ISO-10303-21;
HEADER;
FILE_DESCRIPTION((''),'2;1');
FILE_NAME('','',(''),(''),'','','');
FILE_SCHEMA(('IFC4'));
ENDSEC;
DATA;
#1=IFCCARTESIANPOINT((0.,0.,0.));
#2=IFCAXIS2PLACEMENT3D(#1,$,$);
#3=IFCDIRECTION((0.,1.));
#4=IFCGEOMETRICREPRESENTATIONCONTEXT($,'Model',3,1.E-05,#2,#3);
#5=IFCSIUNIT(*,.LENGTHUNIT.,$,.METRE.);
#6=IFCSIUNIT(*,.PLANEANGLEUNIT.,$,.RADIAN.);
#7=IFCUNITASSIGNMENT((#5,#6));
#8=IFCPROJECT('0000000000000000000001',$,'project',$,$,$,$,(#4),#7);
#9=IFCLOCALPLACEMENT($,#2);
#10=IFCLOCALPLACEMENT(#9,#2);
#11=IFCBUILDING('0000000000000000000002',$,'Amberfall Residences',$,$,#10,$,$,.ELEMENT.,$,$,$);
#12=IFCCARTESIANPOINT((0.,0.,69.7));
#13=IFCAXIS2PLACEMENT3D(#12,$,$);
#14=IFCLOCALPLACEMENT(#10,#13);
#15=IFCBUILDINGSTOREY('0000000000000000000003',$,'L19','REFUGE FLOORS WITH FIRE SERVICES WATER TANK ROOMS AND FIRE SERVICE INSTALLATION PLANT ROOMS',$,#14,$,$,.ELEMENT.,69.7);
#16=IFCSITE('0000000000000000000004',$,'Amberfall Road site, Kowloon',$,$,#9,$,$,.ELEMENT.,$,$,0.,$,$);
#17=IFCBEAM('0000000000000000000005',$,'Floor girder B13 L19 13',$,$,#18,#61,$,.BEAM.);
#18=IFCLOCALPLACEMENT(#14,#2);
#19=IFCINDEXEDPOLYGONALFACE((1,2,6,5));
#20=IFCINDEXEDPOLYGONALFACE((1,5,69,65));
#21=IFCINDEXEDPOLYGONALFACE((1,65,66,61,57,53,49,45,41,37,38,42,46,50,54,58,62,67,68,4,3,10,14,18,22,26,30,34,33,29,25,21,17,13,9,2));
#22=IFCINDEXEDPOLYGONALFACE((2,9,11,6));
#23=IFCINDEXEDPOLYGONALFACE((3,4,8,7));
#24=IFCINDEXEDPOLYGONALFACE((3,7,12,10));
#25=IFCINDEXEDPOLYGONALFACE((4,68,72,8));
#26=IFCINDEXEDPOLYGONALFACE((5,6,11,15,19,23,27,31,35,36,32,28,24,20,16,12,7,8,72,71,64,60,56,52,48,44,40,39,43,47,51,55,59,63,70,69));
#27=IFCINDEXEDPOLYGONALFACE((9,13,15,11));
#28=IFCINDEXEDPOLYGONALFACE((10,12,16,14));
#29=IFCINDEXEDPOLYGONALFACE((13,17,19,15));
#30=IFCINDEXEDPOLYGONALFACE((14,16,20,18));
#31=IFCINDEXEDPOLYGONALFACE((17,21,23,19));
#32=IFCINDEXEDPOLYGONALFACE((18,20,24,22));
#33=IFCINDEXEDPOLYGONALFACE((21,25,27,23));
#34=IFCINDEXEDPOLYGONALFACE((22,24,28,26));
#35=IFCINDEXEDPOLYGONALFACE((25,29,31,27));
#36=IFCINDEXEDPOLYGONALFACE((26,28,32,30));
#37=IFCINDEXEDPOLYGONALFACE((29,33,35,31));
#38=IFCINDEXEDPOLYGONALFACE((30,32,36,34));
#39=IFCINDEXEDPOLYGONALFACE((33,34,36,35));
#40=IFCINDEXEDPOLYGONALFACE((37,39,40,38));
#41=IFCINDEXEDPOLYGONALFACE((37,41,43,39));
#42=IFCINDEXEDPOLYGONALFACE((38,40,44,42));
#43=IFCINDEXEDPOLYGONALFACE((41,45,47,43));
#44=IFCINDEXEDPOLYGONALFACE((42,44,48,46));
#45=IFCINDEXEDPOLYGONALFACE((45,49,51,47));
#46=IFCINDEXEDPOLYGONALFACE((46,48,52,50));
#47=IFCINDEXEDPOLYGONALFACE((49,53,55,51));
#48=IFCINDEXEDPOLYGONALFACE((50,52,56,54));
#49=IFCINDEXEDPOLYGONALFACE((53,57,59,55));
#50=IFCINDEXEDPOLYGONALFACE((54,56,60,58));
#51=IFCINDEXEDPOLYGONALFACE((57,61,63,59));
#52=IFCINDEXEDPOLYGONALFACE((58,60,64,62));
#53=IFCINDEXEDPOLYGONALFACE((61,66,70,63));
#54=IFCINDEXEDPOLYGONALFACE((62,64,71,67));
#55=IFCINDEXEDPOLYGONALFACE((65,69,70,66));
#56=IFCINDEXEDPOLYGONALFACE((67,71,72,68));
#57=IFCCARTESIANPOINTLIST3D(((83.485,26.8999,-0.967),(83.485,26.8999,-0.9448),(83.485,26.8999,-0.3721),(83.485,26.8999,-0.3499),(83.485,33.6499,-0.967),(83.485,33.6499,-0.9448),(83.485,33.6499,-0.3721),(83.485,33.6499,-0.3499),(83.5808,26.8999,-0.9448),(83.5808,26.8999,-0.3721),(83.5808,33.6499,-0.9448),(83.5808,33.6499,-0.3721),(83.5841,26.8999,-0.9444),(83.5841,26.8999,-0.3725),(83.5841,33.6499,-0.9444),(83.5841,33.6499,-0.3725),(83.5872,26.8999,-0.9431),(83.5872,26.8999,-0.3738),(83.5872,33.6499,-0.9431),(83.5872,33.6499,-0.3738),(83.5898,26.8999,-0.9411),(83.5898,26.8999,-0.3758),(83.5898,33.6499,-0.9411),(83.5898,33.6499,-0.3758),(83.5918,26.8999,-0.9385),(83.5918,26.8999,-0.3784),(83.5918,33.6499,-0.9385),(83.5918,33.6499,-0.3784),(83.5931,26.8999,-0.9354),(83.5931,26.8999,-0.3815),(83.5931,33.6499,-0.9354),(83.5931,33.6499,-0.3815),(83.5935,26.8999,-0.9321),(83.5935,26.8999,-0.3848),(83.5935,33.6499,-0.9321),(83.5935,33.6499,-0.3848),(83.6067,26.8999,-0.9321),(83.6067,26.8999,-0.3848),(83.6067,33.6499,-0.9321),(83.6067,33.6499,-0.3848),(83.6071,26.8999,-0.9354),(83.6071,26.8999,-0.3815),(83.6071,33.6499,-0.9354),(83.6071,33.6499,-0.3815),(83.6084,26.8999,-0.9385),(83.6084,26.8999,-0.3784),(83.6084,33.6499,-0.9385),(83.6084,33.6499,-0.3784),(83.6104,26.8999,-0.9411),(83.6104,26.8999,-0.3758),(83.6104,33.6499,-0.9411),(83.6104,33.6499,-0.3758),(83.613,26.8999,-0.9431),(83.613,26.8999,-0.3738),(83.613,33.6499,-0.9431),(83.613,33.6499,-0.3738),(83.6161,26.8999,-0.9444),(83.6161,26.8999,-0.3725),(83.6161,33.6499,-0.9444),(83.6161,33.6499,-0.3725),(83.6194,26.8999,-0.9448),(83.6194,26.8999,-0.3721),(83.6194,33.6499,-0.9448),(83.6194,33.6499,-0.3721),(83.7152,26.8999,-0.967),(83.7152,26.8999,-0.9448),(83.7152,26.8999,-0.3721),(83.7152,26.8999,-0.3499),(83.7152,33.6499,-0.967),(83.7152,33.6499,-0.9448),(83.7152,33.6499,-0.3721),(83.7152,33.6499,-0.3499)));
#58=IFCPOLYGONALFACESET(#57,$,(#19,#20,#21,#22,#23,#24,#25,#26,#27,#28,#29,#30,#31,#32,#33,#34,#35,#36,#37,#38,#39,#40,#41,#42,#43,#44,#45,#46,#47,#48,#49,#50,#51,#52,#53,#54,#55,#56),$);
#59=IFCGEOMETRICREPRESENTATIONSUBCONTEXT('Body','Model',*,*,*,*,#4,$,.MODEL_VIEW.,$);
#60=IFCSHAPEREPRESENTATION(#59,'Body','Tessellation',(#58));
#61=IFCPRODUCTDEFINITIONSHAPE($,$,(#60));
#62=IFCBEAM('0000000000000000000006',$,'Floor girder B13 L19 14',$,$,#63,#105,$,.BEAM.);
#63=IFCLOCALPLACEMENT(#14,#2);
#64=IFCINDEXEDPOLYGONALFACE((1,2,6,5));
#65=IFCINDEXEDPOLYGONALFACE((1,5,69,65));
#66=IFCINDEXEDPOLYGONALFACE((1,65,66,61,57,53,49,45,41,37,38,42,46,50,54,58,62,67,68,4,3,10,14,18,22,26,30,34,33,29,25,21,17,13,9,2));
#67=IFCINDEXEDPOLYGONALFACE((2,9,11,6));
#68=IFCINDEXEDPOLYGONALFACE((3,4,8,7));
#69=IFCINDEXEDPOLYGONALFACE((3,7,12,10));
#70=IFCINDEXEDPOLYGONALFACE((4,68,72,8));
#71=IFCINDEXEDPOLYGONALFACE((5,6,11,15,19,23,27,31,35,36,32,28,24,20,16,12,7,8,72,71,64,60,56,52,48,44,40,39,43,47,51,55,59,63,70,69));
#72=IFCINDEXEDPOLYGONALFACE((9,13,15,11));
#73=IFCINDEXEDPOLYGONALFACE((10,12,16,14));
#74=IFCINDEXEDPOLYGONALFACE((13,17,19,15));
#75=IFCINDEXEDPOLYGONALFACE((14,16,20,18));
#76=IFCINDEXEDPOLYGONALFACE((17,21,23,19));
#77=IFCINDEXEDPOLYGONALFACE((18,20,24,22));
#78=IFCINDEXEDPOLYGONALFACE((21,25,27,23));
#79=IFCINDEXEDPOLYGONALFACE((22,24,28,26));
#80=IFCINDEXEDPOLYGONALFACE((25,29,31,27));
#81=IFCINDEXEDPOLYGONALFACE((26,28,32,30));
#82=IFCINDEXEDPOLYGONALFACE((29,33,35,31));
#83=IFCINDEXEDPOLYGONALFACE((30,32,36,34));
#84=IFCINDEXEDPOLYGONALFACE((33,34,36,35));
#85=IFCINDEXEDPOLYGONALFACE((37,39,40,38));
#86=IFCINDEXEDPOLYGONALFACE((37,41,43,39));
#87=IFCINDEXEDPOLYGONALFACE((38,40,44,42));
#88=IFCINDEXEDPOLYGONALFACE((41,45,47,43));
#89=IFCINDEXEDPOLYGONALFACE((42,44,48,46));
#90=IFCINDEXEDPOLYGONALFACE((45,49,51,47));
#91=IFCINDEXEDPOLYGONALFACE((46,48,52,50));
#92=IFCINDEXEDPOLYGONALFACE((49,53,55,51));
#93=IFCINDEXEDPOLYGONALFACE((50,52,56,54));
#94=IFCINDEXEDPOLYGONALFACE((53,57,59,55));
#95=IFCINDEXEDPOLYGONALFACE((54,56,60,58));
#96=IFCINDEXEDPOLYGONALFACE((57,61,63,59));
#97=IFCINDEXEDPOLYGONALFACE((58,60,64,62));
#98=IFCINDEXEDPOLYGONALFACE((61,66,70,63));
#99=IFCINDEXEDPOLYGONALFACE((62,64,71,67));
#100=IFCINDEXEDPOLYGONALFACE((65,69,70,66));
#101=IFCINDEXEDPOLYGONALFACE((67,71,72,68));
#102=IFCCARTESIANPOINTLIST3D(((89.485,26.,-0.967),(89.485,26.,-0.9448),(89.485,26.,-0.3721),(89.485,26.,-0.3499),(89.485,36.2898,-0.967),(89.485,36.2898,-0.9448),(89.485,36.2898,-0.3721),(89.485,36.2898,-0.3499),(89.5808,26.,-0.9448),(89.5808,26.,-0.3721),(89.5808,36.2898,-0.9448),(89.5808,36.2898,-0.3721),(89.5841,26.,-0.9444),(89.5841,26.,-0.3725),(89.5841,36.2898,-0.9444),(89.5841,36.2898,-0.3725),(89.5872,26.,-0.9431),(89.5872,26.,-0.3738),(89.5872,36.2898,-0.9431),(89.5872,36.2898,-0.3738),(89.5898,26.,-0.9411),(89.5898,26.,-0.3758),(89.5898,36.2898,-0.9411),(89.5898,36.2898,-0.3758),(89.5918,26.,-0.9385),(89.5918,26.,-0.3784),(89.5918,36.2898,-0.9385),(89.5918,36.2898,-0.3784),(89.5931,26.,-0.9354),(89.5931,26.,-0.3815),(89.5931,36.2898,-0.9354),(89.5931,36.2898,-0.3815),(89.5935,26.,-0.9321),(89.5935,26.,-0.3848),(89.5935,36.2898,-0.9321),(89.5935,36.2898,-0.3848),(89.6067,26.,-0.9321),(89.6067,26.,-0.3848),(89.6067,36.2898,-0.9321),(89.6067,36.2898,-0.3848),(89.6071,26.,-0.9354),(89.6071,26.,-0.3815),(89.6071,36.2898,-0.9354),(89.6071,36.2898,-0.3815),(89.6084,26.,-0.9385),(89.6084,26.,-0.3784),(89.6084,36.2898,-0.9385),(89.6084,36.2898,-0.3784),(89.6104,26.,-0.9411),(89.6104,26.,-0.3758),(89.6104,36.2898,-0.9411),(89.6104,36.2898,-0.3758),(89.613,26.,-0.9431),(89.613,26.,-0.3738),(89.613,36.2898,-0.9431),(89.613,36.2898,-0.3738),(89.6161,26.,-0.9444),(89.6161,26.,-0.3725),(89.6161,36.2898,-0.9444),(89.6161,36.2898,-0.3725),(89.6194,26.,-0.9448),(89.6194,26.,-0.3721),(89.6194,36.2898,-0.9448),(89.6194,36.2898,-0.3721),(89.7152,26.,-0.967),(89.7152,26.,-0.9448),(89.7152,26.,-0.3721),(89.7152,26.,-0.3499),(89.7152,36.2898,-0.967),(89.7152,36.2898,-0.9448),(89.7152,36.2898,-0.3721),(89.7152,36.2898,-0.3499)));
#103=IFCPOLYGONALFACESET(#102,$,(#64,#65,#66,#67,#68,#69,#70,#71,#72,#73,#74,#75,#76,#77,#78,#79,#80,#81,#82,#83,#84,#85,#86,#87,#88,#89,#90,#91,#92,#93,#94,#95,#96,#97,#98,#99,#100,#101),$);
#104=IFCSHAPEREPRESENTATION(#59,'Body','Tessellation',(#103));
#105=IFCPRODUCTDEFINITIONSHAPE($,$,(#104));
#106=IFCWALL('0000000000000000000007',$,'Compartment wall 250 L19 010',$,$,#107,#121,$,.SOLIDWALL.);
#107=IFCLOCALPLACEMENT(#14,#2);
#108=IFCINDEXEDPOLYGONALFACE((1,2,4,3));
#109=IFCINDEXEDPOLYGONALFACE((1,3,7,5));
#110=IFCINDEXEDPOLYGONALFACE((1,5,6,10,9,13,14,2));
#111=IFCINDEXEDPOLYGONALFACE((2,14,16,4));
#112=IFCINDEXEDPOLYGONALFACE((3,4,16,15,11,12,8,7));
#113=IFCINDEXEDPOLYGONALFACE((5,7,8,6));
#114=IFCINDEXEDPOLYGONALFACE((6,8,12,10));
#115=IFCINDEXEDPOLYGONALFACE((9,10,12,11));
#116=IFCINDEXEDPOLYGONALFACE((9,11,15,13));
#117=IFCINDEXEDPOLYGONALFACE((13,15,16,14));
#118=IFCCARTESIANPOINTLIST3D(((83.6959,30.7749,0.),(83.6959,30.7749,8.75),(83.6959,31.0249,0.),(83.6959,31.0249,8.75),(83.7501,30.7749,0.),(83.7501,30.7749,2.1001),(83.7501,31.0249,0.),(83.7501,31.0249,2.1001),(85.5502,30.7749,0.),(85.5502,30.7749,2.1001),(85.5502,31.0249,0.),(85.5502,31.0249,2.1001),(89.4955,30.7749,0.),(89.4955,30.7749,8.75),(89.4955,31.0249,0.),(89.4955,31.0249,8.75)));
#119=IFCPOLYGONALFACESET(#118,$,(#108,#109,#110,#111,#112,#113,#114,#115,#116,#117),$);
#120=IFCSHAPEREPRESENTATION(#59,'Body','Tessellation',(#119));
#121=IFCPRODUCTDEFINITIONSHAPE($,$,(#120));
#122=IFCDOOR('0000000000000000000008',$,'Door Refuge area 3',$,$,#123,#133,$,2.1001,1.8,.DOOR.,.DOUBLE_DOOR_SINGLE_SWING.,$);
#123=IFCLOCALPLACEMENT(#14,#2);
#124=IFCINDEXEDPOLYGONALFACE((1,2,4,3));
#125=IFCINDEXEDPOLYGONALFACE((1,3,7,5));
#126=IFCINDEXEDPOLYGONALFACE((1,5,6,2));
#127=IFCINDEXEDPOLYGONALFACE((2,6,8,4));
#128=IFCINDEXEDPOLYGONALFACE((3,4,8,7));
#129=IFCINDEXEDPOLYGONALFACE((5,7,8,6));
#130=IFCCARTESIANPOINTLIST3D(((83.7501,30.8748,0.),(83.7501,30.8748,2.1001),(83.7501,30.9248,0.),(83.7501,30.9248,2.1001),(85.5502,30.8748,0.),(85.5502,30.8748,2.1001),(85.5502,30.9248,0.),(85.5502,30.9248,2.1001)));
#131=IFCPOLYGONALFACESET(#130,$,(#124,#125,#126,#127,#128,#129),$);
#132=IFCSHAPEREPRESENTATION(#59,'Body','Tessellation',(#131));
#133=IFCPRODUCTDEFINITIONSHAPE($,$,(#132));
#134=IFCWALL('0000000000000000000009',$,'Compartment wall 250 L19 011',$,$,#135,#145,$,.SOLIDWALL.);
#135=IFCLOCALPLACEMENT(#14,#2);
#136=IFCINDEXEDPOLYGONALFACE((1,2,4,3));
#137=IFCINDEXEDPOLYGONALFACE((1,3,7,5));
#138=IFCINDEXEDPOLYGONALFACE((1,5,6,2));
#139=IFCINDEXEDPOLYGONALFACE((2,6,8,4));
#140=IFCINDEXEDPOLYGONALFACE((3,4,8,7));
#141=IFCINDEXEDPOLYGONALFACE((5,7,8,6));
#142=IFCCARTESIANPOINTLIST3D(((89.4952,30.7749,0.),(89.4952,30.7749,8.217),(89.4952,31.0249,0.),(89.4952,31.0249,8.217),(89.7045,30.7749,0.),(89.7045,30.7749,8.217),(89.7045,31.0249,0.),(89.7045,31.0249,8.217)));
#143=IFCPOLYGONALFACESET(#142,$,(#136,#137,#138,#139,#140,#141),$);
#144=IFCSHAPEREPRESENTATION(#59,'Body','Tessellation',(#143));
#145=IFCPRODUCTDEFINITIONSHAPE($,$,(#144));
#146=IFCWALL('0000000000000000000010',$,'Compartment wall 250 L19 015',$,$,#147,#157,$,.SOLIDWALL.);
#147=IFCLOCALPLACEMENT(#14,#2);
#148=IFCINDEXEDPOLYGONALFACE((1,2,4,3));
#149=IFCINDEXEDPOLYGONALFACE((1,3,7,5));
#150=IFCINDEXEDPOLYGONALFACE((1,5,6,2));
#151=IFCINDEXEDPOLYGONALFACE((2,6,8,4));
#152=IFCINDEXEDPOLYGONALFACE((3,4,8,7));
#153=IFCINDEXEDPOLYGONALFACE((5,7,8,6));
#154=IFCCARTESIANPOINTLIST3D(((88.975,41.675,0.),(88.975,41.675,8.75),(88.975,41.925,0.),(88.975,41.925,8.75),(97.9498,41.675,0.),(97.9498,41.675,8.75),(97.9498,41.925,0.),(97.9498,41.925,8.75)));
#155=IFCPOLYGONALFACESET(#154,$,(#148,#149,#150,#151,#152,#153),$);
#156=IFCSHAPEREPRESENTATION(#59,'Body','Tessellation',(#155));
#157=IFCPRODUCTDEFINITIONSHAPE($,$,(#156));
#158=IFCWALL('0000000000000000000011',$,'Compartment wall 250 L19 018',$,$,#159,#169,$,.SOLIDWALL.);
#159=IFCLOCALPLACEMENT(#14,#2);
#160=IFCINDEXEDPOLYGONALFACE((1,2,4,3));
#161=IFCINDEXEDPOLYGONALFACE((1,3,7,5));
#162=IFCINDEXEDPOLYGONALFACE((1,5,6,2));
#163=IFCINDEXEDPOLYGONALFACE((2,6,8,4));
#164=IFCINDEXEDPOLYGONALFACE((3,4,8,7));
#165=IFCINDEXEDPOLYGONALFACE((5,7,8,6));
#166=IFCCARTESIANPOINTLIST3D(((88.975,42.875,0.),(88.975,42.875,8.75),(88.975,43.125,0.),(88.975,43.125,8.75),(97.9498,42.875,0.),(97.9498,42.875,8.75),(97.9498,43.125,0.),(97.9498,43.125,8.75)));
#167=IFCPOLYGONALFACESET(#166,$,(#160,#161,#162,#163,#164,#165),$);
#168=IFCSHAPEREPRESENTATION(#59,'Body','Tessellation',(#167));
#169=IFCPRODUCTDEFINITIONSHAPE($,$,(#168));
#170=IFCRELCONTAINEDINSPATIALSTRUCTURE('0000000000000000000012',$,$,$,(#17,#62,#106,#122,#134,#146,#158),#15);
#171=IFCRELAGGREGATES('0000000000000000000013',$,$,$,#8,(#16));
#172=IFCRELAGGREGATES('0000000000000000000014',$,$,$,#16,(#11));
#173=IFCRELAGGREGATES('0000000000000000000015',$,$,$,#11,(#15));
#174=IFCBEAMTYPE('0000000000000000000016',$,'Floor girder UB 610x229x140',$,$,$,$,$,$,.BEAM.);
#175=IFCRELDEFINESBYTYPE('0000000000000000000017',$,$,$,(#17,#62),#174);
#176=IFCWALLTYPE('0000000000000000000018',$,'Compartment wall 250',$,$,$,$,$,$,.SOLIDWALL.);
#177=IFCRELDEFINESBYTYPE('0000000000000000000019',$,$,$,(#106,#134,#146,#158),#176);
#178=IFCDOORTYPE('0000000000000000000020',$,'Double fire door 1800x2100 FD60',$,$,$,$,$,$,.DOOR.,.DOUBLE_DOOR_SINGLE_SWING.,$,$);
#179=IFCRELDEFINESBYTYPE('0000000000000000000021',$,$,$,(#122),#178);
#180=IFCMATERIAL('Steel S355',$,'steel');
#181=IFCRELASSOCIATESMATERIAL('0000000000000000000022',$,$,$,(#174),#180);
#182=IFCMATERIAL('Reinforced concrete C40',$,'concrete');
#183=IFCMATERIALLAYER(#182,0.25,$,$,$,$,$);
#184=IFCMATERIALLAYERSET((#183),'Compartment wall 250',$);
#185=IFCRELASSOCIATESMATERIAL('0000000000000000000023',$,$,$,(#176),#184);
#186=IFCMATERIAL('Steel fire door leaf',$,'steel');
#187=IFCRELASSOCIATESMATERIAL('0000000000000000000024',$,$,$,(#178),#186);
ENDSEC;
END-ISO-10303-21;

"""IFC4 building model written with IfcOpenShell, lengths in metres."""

from ifc_helpers import new_model, si_unit, direction, frame, frame_2d, origin, origin_2d, place, context, subcontext, project, spatial, rectangle, i_section, extrude, material, layer, layer_set, material_profile, profile_set, type_object, element, fill, save


model = new_model("IFC4")

# Units and contexts
model_context = context("Model", 3, precision=1e-05, world=origin(), true_north=direction((0.0, 1.0)))
body_context = subcontext(model_context, "Body", "Model", "MODEL_VIEW")
ifc_project = project(units=[si_unit("LENGTHUNIT", "METRE"), si_unit("PLANEANGLEUNIT", "RADIAN")], contexts=[model_context])

# Site, building, storey
site_placement = place(None, origin())
site = spatial("IfcSite", under=ifc_project, at=site_placement, Name="Amberfall Road site, Kowloon", CompositionType="ELEMENT", RefElevation=0.0)
building_placement = place(site_placement, origin())
building = spatial("IfcBuilding", under=site, at=building_placement, Name="Amberfall Residences", CompositionType="ELEMENT")
storey_placement = place(building_placement, frame((0.0, 0.0, 69.7)))
storey = spatial("IfcBuildingStorey", under=building, at=storey_placement, Name="L19", Description="REFUGE FLOORS WITH FIRE SERVICES WATER TANK ROOMS AND FIRE SERVICE INSTALLATION PLANT ROOMS", CompositionType="ELEMENT", Elevation=69.7)

# Shared definitions
ifc_material_1 = material(Name="Steel S355", Category="steel")

# Beams
ifc_material_profile_1 = material_profile(ifc_material_1, i_section(OverallWidth=0.2302, OverallDepth=0.6172, WebThickness=0.0132, FlangeThickness=0.0222, FilletRadius=0.0127, at=origin_2d()), Name="UB 610x229x140")
ifc_profile_set_1 = profile_set([ifc_material_profile_1], Name="Steel S355")
beam_type_1 = type_object("IfcBeamType", Name="Floor girder UB 610x229x140", PredefinedType="BEAM", material=ifc_profile_set_1)
beam_1_placement = place(storey_placement, frame((83.6001, 26.8999, -0.6584), z_axis=(0.0, 1.0, 0.0), x_axis=(-1.0, 0.0, 0.0)))
element("IfcBeam", 1, at=beam_1_placement, inside=storey, type_object=beam_type_1, Name="Floor girder B13 L19 13", PredefinedType="BEAM", context=body_context, shape_type="SweptSolid", body=[
    extrude(i_section(OverallWidth=0.2302, OverallDepth=0.6172, WebThickness=0.0132, FlangeThickness=0.0222, FilletRadius=0.0127, at=origin_2d()), origin(), (0.0, 0.0, 1.0), 6.75),
])
beam_2_placement = place(storey_placement, frame((89.6001, 26.0, -0.6584), z_axis=(0.0, 1.0, 0.0), x_axis=(-1.0, 0.0, 0.0)))
element("IfcBeam", 2, at=beam_2_placement, inside=storey, type_object=beam_type_1, Name="Floor girder B13 L19 14", PredefinedType="BEAM", context=body_context, shape_type="SweptSolid", body=[
    extrude(i_section(OverallWidth=0.2302, OverallDepth=0.6172, WebThickness=0.0132, FlangeThickness=0.0222, FilletRadius=0.0127, at=origin_2d()), origin(), (0.0, 0.0, 1.0), 10.2898),
])

# Wall, opening, door
ifc_material_2 = material(Name="Reinforced concrete C40", Category="concrete")
ifc_layer_1 = layer(ifc_material_2, 0.25)
ifc_layer_set_1 = layer_set([ifc_layer_1], Name="Compartment wall 250")
wall_type_1 = type_object("IfcWallType", Name="Compartment wall 250", PredefinedType="SOLIDWALL", material=ifc_layer_set_1)
wall_1_placement = place(storey_placement, frame((83.6958, 30.8999, 0.0), z_axis=(0.0, 0.0, 1.0), x_axis=(1.0, 0.0, 0.0)))
wall_1 = element("IfcWall", 3, at=wall_1_placement, inside=storey, type_object=wall_type_1, Name="Compartment wall 250 L19 010", PredefinedType="SOLIDWALL", context=body_context, shape_type="SweptSolid", body=[
    extrude(rectangle(XDim=5.7996, YDim=0.25, at=frame_2d((2.8999, 0.0))), origin(), (0.0, 0.0, 1.0), 8.75),
])
opening_1_placement = place(wall_1_placement, frame((0.0544, 0.0, 0.0)))
opening_1 = element("IfcOpeningElement", 4, at=opening_1_placement, cuts=wall_1, PredefinedType="OPENING", context=body_context, shape_type="SweptSolid", body=[
    extrude(rectangle(XDim=1.8, YDim=2.1001, at=frame_2d((0.8999, 1.05))), frame((0.0, 0.135, 0.0), z_axis=(0.0, -1.0, 0.0), x_axis=(1.0, 0.0, 0.0)), (0.0, 0.0, 1.0), 0.27),
])
ifc_material_3 = material(Name="Steel fire door leaf", Category="steel")
door_type_1 = type_object("IfcDoorType", Name="Double fire door 1800x2100 FD60", OperationType="DOUBLE_DOOR_SINGLE_SWING", PredefinedType="DOOR", material=ifc_material_3)
door_1_placement = place(opening_1_placement, origin())
door_1 = element("IfcDoor", 5, at=door_1_placement, inside=storey, type_object=door_type_1, Name="Door Refuge area 3", OperationType="DOUBLE_DOOR_SINGLE_SWING", OverallHeight=2.1001, OverallWidth=1.8, PredefinedType="DOOR", context=body_context, shape_type="SweptSolid", body=[
    extrude(rectangle(XDim=1.8, YDim=2.1001, at=frame_2d((0.8999, 1.05))), frame((0.0, 0.0249, 0.0), z_axis=(0.0, -1.0, 0.0), x_axis=(1.0, 0.0, 0.0)), (0.0, 0.0, 1.0), 0.05),
])
fill(opening_1, door_1)

# Walls
wall_2_placement = place(storey_placement, frame((89.4954, 30.8999, 0.0), z_axis=(0.0, 0.0, 1.0), x_axis=(1.0, 0.0, 0.0)))
element("IfcWall", 6, at=wall_2_placement, inside=storey, type_object=wall_type_1, Name="Compartment wall 250 L19 011", PredefinedType="SOLIDWALL", context=body_context, shape_type="SweptSolid", body=[
    extrude(rectangle(XDim=0.2092, YDim=0.25, at=frame_2d((0.1045, 0.0))), origin(), (0.0, 0.0, 1.0), 8.217),
])
for number, where, z_axis, x_axis, name in (
    (7, (88.9751, 41.8, 0.0), (0.0, 0.0, 1.0), (1.0, 0.0, 0.0), "Compartment wall 250 L19 015"),
    (8, (88.9751, 43.0, 0.0), (0.0, 0.0, 1.0), (1.0, 0.0, 0.0), "Compartment wall 250 L19 018"),
):
    element("IfcWall", number, at=place(storey_placement, frame(where, z_axis=z_axis, x_axis=x_axis)), inside=storey, type_object=wall_type_1, Name=name, PredefinedType="SOLIDWALL", context=body_context, shape_type="SweptSolid", body=[
        extrude(rectangle(XDim=8.9749, YDim=0.25, at=frame_2d((4.4873, 0.0))), origin(), (0.0, 0.0, 1.0), 8.75),
    ])

save(model, "model.ifc")
